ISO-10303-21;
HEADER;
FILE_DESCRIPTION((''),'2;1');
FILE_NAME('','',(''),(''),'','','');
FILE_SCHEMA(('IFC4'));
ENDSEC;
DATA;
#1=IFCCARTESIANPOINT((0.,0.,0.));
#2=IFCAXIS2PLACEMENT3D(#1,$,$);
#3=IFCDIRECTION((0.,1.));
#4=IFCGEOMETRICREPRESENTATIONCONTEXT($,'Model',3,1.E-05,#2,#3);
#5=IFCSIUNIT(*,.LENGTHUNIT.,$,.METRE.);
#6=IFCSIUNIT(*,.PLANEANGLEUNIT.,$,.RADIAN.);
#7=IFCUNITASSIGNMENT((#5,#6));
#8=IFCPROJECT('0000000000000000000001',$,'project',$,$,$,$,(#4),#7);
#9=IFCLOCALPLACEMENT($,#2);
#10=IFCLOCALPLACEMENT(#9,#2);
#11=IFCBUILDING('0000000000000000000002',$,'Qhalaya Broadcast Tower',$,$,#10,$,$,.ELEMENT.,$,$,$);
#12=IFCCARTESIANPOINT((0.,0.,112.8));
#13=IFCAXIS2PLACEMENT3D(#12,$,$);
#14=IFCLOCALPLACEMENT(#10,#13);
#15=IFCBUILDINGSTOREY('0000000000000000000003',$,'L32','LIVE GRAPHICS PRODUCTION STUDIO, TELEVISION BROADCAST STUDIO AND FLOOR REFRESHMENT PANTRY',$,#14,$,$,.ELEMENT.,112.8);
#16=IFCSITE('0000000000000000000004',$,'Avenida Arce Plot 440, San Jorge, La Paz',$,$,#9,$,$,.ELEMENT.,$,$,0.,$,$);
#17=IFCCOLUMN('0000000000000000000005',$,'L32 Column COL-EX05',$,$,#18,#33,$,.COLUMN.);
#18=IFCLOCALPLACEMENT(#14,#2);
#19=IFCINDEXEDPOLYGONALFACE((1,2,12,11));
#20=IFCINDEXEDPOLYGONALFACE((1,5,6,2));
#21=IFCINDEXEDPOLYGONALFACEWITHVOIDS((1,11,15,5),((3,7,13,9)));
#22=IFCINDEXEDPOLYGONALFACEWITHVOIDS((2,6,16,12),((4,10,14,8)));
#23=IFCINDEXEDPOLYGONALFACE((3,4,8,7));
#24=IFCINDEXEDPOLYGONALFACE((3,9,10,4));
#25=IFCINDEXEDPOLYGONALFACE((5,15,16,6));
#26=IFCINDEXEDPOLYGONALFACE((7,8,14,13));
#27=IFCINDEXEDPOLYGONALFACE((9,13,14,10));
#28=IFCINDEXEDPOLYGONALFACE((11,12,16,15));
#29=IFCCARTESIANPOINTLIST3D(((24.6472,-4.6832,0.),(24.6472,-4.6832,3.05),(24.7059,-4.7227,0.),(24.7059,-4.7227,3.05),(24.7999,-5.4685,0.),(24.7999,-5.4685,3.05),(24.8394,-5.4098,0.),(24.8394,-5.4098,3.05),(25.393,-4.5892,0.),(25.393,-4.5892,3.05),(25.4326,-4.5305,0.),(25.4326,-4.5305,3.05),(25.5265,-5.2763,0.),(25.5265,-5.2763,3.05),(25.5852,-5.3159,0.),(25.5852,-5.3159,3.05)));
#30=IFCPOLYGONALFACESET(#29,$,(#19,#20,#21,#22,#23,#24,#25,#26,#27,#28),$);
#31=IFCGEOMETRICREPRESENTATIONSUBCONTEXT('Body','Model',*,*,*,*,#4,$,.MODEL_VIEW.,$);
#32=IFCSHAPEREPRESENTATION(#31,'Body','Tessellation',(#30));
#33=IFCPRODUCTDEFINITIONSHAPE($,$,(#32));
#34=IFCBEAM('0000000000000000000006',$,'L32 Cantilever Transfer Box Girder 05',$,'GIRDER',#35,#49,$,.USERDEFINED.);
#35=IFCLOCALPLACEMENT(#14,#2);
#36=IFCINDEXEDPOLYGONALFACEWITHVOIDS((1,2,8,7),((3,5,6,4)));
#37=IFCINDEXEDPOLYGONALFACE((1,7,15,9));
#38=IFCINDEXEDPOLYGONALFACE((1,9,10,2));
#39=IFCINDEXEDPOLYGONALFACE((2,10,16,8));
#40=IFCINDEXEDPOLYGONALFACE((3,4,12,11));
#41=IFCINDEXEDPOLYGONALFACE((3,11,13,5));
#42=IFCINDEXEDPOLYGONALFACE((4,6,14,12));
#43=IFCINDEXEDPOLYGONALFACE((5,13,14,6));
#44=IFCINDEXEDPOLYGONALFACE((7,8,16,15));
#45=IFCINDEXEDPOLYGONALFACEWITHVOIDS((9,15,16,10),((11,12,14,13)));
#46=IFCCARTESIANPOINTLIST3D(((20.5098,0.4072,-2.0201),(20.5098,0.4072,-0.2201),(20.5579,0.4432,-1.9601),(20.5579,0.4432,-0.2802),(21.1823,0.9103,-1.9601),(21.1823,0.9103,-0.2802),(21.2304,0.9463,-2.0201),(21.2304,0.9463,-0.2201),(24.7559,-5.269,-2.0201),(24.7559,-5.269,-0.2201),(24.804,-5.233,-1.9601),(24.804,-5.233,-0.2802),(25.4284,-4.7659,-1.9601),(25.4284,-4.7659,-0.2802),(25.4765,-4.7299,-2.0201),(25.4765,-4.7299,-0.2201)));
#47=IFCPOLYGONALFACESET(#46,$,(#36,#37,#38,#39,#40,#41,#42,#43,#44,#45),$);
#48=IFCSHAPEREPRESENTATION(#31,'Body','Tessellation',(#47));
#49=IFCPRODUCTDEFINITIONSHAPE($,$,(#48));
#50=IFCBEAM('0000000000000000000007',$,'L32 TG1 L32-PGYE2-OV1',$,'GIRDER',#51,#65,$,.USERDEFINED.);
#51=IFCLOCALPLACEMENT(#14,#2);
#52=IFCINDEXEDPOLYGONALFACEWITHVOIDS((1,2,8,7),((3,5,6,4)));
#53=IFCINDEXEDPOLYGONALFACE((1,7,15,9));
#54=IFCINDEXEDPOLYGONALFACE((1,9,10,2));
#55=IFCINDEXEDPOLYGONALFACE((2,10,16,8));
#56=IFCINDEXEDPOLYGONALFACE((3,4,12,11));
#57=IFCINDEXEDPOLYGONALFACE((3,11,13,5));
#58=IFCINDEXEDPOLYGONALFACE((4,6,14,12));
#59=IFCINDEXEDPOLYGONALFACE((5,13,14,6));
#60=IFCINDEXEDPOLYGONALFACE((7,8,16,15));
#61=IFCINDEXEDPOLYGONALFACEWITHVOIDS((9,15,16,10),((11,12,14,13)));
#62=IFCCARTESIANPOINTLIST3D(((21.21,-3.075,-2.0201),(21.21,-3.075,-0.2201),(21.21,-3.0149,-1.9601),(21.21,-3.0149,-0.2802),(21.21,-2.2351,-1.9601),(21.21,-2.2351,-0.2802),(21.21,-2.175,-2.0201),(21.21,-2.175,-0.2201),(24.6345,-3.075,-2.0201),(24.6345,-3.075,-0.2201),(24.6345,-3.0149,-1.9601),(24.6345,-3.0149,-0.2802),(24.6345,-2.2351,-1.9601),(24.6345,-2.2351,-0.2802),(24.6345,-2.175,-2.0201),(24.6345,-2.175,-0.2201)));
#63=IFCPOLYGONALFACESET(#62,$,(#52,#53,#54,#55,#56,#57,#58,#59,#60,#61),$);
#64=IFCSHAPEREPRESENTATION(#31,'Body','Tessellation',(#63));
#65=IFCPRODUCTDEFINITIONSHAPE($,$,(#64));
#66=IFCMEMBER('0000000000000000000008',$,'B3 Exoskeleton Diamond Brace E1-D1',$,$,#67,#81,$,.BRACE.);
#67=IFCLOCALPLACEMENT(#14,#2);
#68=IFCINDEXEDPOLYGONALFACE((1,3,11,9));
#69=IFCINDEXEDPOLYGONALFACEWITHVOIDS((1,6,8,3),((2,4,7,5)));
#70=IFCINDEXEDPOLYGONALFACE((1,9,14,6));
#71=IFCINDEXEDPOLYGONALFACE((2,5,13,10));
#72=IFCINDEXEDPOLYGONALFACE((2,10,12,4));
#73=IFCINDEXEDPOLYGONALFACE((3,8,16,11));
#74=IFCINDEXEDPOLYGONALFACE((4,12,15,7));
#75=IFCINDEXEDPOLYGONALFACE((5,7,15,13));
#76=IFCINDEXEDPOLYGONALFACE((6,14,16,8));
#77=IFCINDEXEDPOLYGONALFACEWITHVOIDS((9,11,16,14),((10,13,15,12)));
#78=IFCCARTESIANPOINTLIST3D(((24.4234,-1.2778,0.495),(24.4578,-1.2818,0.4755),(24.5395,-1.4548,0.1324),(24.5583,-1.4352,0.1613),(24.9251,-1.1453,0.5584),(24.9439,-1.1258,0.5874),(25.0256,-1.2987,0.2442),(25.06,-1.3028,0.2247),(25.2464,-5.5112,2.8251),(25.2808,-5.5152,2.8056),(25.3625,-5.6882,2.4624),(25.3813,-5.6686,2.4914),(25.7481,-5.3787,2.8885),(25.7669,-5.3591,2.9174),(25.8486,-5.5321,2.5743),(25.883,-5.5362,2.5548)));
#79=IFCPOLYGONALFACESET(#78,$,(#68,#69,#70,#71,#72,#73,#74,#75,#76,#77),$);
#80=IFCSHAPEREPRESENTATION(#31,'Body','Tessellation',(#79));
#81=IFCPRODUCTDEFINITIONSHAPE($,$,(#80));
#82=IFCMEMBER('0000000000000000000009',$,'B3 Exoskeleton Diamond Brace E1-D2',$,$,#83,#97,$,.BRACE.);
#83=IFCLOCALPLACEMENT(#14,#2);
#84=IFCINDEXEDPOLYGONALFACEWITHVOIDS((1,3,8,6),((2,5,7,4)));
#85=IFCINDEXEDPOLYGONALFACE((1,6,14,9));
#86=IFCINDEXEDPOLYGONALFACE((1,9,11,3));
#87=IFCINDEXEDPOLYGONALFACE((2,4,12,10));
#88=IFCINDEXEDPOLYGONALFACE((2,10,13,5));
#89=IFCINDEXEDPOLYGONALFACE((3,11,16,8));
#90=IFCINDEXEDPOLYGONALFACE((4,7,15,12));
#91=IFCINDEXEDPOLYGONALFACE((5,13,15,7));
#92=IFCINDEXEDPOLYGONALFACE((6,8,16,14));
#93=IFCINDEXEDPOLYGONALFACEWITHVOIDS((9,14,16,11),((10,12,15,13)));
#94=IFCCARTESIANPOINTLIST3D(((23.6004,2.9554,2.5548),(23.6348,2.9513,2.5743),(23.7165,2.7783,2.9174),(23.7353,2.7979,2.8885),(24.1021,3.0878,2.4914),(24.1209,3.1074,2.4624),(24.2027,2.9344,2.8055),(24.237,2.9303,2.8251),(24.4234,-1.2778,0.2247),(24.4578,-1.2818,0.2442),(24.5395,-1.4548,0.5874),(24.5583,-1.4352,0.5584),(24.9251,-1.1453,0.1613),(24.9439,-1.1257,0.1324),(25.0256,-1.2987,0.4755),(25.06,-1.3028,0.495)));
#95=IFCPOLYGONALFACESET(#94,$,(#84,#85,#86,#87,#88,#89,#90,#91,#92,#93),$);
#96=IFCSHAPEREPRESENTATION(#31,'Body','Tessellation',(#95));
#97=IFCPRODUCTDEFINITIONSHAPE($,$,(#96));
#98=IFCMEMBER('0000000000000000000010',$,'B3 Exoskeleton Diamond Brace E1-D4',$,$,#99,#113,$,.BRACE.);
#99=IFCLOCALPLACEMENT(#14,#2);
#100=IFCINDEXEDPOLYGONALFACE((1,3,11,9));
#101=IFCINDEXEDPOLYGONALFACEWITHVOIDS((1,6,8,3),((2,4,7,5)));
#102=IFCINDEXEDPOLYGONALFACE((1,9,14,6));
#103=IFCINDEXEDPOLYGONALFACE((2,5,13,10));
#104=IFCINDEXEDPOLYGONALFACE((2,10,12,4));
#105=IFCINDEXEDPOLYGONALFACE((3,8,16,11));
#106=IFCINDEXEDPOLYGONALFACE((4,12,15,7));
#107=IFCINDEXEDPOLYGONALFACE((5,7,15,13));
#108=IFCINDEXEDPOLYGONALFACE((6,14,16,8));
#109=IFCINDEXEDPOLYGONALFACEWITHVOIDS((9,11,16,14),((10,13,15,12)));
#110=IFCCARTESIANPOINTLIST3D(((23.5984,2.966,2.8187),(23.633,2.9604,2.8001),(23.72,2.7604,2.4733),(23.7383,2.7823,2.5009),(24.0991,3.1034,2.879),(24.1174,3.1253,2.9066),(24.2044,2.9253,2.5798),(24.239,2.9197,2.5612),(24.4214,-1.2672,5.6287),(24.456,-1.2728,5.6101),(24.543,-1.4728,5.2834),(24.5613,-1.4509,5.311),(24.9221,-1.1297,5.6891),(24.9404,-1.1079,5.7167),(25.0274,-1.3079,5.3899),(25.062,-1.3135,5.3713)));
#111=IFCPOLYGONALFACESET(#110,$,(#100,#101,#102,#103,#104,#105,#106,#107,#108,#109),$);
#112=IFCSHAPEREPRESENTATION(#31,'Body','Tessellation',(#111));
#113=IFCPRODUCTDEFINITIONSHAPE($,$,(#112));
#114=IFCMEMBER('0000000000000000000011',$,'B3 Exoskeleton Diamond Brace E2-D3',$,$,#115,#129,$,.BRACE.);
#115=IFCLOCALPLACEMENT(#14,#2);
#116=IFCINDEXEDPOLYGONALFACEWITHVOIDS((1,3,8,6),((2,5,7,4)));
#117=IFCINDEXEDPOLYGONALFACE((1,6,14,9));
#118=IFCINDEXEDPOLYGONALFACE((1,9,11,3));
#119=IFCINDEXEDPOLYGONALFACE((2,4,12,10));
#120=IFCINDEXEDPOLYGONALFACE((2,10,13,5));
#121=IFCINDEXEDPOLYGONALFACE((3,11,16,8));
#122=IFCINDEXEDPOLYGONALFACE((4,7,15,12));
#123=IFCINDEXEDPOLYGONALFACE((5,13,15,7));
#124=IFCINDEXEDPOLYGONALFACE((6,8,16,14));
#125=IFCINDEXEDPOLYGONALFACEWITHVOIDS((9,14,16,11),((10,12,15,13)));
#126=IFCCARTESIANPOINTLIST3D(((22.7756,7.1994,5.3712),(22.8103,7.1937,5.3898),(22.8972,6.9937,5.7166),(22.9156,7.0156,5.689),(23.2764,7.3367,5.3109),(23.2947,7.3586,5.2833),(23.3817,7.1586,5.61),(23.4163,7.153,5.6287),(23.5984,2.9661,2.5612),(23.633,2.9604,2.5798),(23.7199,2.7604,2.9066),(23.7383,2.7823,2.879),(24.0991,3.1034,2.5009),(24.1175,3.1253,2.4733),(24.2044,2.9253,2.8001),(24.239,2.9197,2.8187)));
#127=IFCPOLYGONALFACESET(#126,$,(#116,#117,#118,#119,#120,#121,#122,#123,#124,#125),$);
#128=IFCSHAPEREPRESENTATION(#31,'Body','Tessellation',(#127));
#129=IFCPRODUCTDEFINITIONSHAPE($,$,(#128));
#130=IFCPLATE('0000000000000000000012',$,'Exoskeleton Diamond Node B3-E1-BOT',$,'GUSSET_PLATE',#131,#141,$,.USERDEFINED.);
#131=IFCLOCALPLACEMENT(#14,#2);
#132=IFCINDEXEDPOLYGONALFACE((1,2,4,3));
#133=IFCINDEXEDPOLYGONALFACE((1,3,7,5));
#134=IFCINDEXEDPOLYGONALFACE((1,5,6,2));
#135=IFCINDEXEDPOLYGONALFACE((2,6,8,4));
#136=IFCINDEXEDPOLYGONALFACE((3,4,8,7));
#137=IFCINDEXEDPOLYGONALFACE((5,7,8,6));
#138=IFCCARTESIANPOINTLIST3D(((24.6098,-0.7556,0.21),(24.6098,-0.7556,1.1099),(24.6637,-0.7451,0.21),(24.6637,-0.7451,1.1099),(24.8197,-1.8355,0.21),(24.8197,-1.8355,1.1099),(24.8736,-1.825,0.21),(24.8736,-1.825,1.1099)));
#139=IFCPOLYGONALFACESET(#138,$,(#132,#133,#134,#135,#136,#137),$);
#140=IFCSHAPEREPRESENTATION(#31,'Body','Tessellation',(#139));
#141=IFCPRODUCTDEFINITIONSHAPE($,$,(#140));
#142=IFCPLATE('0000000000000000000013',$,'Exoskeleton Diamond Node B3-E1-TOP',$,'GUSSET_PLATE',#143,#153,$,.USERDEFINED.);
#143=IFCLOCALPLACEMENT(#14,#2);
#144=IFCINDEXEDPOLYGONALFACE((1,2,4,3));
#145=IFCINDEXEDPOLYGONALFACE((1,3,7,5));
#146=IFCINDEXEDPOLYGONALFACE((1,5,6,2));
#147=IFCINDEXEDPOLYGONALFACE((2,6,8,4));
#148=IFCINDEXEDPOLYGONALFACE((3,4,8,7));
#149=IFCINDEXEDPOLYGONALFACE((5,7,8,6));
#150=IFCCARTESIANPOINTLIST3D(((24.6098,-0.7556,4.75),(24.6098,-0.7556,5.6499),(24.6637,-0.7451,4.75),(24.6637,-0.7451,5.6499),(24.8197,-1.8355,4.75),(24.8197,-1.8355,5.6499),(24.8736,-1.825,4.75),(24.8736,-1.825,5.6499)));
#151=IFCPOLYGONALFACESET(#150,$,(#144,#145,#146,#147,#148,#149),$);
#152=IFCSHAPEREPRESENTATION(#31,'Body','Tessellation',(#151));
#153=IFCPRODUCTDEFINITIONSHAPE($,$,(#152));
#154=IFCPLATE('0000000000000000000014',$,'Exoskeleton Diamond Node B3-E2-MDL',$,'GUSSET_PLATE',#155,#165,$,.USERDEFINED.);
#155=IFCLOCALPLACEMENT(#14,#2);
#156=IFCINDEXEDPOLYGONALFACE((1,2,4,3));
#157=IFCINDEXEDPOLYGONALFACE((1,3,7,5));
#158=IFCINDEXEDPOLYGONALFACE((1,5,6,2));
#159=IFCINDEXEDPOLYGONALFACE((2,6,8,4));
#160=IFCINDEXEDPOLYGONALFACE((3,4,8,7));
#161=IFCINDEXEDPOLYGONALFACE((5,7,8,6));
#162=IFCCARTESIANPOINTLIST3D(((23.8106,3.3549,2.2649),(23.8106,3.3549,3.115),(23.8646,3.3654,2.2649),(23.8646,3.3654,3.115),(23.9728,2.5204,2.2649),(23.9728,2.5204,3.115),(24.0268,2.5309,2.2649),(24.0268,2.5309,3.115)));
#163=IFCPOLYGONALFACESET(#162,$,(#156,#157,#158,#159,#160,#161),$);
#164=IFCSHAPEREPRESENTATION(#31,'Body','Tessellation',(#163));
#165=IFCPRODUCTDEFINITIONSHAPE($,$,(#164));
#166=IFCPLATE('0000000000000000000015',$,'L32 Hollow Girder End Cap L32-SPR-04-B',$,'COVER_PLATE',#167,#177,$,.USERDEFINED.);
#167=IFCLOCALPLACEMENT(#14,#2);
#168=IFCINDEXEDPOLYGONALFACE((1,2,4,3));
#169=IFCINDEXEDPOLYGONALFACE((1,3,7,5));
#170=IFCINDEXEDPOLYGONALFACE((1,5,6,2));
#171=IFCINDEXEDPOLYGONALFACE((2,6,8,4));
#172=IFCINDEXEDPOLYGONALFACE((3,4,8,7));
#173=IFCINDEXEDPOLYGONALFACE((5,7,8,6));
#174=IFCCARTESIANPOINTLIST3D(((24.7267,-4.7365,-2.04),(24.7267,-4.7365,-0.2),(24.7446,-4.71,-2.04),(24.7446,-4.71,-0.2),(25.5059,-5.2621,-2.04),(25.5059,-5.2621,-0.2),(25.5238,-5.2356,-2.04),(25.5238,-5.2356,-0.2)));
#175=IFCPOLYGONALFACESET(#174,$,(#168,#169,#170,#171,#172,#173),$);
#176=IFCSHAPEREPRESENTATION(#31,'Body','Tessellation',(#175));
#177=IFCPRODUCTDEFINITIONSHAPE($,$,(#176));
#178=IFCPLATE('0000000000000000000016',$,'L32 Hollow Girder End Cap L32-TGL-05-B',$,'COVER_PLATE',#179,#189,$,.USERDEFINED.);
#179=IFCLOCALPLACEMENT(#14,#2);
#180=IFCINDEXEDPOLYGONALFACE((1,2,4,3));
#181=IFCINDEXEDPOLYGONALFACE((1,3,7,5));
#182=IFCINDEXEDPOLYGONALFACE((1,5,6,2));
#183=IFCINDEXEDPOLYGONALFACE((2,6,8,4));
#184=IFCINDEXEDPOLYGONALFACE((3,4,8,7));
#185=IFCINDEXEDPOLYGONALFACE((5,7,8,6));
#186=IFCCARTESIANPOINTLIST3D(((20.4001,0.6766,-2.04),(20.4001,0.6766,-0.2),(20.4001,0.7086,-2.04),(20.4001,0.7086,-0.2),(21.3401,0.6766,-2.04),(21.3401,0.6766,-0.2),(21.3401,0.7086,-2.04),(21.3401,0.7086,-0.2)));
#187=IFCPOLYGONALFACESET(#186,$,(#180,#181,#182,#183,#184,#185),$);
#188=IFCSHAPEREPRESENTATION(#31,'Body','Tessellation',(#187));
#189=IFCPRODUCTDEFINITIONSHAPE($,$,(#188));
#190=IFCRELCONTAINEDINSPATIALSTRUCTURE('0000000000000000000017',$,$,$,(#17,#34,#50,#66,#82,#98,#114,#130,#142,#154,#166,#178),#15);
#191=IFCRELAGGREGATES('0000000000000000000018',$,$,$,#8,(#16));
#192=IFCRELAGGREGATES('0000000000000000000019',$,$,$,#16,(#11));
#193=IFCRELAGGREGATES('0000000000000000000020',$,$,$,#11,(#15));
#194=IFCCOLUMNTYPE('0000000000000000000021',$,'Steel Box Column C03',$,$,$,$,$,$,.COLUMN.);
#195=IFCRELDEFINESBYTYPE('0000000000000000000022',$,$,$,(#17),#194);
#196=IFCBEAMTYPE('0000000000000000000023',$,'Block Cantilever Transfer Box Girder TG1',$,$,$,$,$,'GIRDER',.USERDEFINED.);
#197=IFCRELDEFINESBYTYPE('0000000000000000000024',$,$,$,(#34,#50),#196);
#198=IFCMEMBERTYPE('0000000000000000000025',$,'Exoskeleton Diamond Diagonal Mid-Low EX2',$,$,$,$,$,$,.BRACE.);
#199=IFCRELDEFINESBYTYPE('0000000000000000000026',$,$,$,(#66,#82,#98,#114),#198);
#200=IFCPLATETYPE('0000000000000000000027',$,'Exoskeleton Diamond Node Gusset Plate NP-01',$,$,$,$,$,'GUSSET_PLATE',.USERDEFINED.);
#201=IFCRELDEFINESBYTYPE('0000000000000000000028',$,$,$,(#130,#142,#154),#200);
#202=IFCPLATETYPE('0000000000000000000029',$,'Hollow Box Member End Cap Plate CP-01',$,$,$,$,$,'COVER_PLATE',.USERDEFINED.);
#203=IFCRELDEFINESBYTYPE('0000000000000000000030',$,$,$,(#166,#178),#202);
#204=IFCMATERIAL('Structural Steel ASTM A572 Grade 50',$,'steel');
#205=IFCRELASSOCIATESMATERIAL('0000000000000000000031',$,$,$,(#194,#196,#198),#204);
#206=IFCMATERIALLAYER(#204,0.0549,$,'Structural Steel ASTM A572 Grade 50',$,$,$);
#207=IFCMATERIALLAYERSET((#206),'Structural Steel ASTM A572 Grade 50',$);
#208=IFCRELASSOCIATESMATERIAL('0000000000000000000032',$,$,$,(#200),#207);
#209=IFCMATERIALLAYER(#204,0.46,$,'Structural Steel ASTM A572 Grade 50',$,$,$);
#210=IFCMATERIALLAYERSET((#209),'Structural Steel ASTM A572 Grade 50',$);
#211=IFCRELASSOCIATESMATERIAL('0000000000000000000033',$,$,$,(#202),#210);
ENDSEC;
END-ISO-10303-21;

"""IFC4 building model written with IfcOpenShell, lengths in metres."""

from ifc_helpers import new_model, si_unit, direction, frame, origin, origin_2d, place, context, subcontext, project, spatial, rectangle, hollow_rectangle, extrude, material, layer, layer_set, material_profile, profile_set, type_object, element, save


model = new_model("IFC4")

# Units and contexts
model_context = context("Model", 3, precision=1e-05, world=origin(), true_north=direction((0.0, 1.0)))
body_context = subcontext(model_context, "Body", "Model", "MODEL_VIEW")
ifc_project = project(units=[si_unit("LENGTHUNIT", "METRE"), si_unit("PLANEANGLEUNIT", "RADIAN")], contexts=[model_context])

# Site, building, storey
site_placement = place(None, origin())
site = spatial("IfcSite", under=ifc_project, at=site_placement, Name="Avenida Arce Plot 440, San Jorge, La Paz", CompositionType="ELEMENT", RefElevation=0.0)
building_placement = place(site_placement, origin())
building = spatial("IfcBuilding", under=site, at=building_placement, Name="Qhalaya Broadcast Tower", CompositionType="ELEMENT")
storey_placement = place(building_placement, frame((0.0, 0.0, 112.8)))
storey = spatial("IfcBuildingStorey", under=building, at=storey_placement, Name="L32", Description="LIVE GRAPHICS PRODUCTION STUDIO, TELEVISION BROADCAST STUDIO AND FLOOR REFRESHMENT PANTRY", CompositionType="ELEMENT", Elevation=112.8)

# Column
ifc_material_1 = material(Name="Structural Steel ASTM A572 Grade 50", Category="steel")
ifc_material_profile_1 = material_profile(ifc_material_1, hollow_rectangle(XDim=0.8, YDim=0.8, WallThickness=0.05, at=origin_2d()), Name="BOX 800x800x50")
ifc_profile_set_1 = profile_set([ifc_material_profile_1], Name="Structural Steel ASTM A572 Grade 50")
column_type = type_object("IfcColumnType", Name="Steel Box Column C03", PredefinedType="COLUMN", material=ifc_profile_set_1)
column_placement = place(storey_placement, frame((25.1162, -4.9995, 0.0), z_axis=(0.0, 0.0, 1.0), x_axis=(-0.190809, 0.981627, 0.0)))
element("IfcColumn", 1, at=column_placement, inside=storey, type_object=column_type, Name="L32 Column COL-EX05", PredefinedType="COLUMN", context=body_context, shape_type="SweptSolid", body=[
    extrude(hollow_rectangle(XDim=0.8, YDim=0.8, WallThickness=0.05, at=origin_2d()), origin(), (0.0, 0.0, 1.0), 3.05),
])

# Beams
ifc_material_profile_2 = material_profile(ifc_material_1, hollow_rectangle(XDim=0.8999, YDim=1.8, WallThickness=0.0601, at=origin_2d()), Name="BOX 900x1800x60")
ifc_profile_set_2 = profile_set([ifc_material_profile_2], Name="Structural Steel ASTM A572 Grade 50")
beam_type = type_object("IfcBeamType", Name="Block Cantilever Transfer Box Girder TG1", ElementType="GIRDER", PredefinedType="USERDEFINED", material=ifc_profile_set_2)
beam_1_placement = place(storey_placement, frame((20.8701, 0.6768, -1.1201), z_axis=(0.598997, -0.800752, 0.0), x_axis=(0.800752, 0.598997, 0.0)))
element("IfcBeam", 2, at=beam_1_placement, inside=storey, type_object=beam_type, Name="L32 Cantilever Transfer Box Girder 05", ObjectType="GIRDER", PredefinedType="USERDEFINED", context=body_context, shape_type="SweptSolid", body=[
    extrude(hollow_rectangle(XDim=0.8999, YDim=1.8, WallThickness=0.0601, at=origin_2d()), origin(), (0.0, 0.0, 1.0), 7.0886),
])
beam_2_placement = place(storey_placement, frame((21.21, -2.625, -1.1201), z_axis=(1.0, 0.0, 0.0), x_axis=(0.0, 1.0, 0.0)))
element("IfcBeam", 3, at=beam_2_placement, inside=storey, type_object=beam_type, Name="L32 TG1 L32-PGYE2-OV1", ObjectType="GIRDER", PredefinedType="USERDEFINED", context=body_context, shape_type="SweptSolid", body=[
    extrude(hollow_rectangle(XDim=0.8999, YDim=1.8, WallThickness=0.0601, at=origin_2d()), origin(), (0.0, 0.0, 1.0), 3.4246),
])

# Members
ifc_material_profile_3 = material_profile(ifc_material_1, hollow_rectangle(XDim=0.4199, YDim=0.55, WallThickness=0.0281, at=origin_2d()), Name="BOX 420x550x28")
ifc_profile_set_3 = profile_set([ifc_material_profile_3], Name="Structural Steel ASTM A572 Grade 50")
member_type = type_object("IfcMemberType", Name="Exoskeleton Diamond Diagonal Mid-Low EX2", PredefinedType="BRACE", material=ifc_profile_set_3)
member_1_placement = place(storey_placement, frame((24.7417, -1.2903, 0.3599), z_axis=(0.167895, -0.863631, 0.475346), x_axis=(-0.276348, 0.421624, 0.863635)))
element("IfcMember", 4, at=member_1_placement, inside=storey, type_object=member_type, Name="B3 Exoskeleton Diamond Brace E1-D1", PredefinedType="BRACE", context=body_context, shape_type="SweptSolid", body=[
    extrude(hollow_rectangle(XDim=0.4199, YDim=0.55, WallThickness=0.0281, at=origin_2d()), origin(), (0.0, 0.0, 1.0), 4.9019),
])
member_2_placement = place(storey_placement, frame((24.7417, -1.2903, 0.3599), z_axis=(-0.167902, 0.863618, 0.475366), x_axis=(0.276356, -0.421641, 0.863624)))
element("IfcMember", 5, at=member_2_placement, inside=storey, type_object=member_type, Name="B3 Exoskeleton Diamond Brace E1-D2", PredefinedType="BRACE", context=body_context, shape_type="SweptSolid", body=[
    extrude(hollow_rectangle(XDim=0.4199, YDim=0.55, WallThickness=0.0281, at=origin_2d()), origin(), (0.0, 0.0, 1.0), 4.9016),
])
for number, where, z_axis, x_axis, name in (
    (6, (23.9187, 2.9429, 2.6899), (0.159893, -0.822424, 0.545943), (-0.289578, 0.489647, 0.822429), "B3 Exoskeleton Diamond Brace E1-D4"),
    (7, (23.9187, 2.9429, 2.6899), (-0.159841, 0.822445, 0.545925), (0.289542, -0.48965, 0.82244), "B3 Exoskeleton Diamond Brace E2-D3"),
):
    element("IfcMember", number, at=place(storey_placement, frame(where, z_axis=z_axis, x_axis=x_axis)), inside=storey, type_object=member_type, Name=name, PredefinedType="BRACE", context=body_context, shape_type="SweptSolid", body=[
        extrude(hollow_rectangle(XDim=0.4199, YDim=0.55, WallThickness=0.0281, at=origin_2d()), origin(), (0.0, 0.0, 1.0), 5.1472),
    ])

# Plates
ifc_layer_1 = layer(ifc_material_1, 0.0549, Name="Structural Steel ASTM A572 Grade 50")
ifc_layer_set_1 = layer_set([ifc_layer_1], Name="Structural Steel ASTM A572 Grade 50")
plate_type_1 = type_object("IfcPlateType", Name="Exoskeleton Diamond Node Gusset Plate NP-01", ElementType="GUSSET_PLATE", PredefinedType="USERDEFINED", material=ifc_layer_set_1)
for number, where, z_axis, x_axis, name in (
    (8, (24.7417, -1.2903, 0.21), (0.0, 0.0, 1.0), (-0.190809, 0.981627, 0.0), "Exoskeleton Diamond Node B3-E1-BOT"),
    (9, (24.7417, -1.2903, 4.75), (0.0, 0.0, 1.0), (-0.190809, 0.981627, 0.0), "Exoskeleton Diamond Node B3-E1-TOP"),
):
    element("IfcPlate", number, at=place(storey_placement, frame(where, z_axis=z_axis, x_axis=x_axis)), inside=storey, type_object=plate_type_1, Name=name, ObjectType="GUSSET_PLATE", PredefinedType="USERDEFINED", context=body_context, shape_type="SweptSolid", body=[
        extrude(rectangle(XDim=1.1001, YDim=0.0549, at=origin_2d()), origin(), (0.0, 0.0, 1.0), 0.8999),
    ])
plate_1_placement = place(storey_placement, frame((23.9187, 2.9429, 2.2649), z_axis=(0.0, 0.0, 1.0), x_axis=(-0.190809, 0.981627, 0.0)))
element("IfcPlate", 10, at=plate_1_placement, inside=storey, type_object=plate_type_1, Name="Exoskeleton Diamond Node B3-E2-MDL", ObjectType="GUSSET_PLATE", PredefinedType="USERDEFINED", context=body_context, shape_type="SweptSolid", body=[
    extrude(rectangle(XDim=0.8501, YDim=0.0549, at=origin_2d()), origin(), (0.0, 0.0, 1.0), 0.8501),
])
ifc_layer_2 = layer(ifc_material_1, 0.46, Name="Structural Steel ASTM A572 Grade 50")
ifc_layer_set_2 = layer_set([ifc_layer_2], Name="Structural Steel ASTM A572 Grade 50")
plate_type_2 = type_object("IfcPlateType", Name="Hollow Box Member End Cap Plate CP-01", ElementType="COVER_PLATE", PredefinedType="USERDEFINED", material=ifc_layer_set_2)
for number, where, z_axis, x_axis, name in (
    (11, (25.1252, -4.9861, -2.04), (0.0, 0.0, 1.0), (-0.829038, 0.559193, 0.0), "L32 Hollow Girder End Cap L32-SPR-04-B"),
    (12, (20.8701, 0.6926, -2.04), (0.0, 0.0, 1.0), (-1.0, 0.0, 0.0), "L32 Hollow Girder End Cap L32-TGL-05-B"),
):
    element("IfcPlate", number, at=place(storey_placement, frame(where, z_axis=z_axis, x_axis=x_axis)), inside=storey, type_object=plate_type_2, Name=name, ObjectType="COVER_PLATE", PredefinedType="USERDEFINED", context=body_context, shape_type="SweptSolid", body=[
        extrude(rectangle(XDim=0.9399, YDim=0.032, at=origin_2d()), origin(), (0.0, 0.0, 1.0), 1.8401),
    ])

save(model, "model.ifc")
